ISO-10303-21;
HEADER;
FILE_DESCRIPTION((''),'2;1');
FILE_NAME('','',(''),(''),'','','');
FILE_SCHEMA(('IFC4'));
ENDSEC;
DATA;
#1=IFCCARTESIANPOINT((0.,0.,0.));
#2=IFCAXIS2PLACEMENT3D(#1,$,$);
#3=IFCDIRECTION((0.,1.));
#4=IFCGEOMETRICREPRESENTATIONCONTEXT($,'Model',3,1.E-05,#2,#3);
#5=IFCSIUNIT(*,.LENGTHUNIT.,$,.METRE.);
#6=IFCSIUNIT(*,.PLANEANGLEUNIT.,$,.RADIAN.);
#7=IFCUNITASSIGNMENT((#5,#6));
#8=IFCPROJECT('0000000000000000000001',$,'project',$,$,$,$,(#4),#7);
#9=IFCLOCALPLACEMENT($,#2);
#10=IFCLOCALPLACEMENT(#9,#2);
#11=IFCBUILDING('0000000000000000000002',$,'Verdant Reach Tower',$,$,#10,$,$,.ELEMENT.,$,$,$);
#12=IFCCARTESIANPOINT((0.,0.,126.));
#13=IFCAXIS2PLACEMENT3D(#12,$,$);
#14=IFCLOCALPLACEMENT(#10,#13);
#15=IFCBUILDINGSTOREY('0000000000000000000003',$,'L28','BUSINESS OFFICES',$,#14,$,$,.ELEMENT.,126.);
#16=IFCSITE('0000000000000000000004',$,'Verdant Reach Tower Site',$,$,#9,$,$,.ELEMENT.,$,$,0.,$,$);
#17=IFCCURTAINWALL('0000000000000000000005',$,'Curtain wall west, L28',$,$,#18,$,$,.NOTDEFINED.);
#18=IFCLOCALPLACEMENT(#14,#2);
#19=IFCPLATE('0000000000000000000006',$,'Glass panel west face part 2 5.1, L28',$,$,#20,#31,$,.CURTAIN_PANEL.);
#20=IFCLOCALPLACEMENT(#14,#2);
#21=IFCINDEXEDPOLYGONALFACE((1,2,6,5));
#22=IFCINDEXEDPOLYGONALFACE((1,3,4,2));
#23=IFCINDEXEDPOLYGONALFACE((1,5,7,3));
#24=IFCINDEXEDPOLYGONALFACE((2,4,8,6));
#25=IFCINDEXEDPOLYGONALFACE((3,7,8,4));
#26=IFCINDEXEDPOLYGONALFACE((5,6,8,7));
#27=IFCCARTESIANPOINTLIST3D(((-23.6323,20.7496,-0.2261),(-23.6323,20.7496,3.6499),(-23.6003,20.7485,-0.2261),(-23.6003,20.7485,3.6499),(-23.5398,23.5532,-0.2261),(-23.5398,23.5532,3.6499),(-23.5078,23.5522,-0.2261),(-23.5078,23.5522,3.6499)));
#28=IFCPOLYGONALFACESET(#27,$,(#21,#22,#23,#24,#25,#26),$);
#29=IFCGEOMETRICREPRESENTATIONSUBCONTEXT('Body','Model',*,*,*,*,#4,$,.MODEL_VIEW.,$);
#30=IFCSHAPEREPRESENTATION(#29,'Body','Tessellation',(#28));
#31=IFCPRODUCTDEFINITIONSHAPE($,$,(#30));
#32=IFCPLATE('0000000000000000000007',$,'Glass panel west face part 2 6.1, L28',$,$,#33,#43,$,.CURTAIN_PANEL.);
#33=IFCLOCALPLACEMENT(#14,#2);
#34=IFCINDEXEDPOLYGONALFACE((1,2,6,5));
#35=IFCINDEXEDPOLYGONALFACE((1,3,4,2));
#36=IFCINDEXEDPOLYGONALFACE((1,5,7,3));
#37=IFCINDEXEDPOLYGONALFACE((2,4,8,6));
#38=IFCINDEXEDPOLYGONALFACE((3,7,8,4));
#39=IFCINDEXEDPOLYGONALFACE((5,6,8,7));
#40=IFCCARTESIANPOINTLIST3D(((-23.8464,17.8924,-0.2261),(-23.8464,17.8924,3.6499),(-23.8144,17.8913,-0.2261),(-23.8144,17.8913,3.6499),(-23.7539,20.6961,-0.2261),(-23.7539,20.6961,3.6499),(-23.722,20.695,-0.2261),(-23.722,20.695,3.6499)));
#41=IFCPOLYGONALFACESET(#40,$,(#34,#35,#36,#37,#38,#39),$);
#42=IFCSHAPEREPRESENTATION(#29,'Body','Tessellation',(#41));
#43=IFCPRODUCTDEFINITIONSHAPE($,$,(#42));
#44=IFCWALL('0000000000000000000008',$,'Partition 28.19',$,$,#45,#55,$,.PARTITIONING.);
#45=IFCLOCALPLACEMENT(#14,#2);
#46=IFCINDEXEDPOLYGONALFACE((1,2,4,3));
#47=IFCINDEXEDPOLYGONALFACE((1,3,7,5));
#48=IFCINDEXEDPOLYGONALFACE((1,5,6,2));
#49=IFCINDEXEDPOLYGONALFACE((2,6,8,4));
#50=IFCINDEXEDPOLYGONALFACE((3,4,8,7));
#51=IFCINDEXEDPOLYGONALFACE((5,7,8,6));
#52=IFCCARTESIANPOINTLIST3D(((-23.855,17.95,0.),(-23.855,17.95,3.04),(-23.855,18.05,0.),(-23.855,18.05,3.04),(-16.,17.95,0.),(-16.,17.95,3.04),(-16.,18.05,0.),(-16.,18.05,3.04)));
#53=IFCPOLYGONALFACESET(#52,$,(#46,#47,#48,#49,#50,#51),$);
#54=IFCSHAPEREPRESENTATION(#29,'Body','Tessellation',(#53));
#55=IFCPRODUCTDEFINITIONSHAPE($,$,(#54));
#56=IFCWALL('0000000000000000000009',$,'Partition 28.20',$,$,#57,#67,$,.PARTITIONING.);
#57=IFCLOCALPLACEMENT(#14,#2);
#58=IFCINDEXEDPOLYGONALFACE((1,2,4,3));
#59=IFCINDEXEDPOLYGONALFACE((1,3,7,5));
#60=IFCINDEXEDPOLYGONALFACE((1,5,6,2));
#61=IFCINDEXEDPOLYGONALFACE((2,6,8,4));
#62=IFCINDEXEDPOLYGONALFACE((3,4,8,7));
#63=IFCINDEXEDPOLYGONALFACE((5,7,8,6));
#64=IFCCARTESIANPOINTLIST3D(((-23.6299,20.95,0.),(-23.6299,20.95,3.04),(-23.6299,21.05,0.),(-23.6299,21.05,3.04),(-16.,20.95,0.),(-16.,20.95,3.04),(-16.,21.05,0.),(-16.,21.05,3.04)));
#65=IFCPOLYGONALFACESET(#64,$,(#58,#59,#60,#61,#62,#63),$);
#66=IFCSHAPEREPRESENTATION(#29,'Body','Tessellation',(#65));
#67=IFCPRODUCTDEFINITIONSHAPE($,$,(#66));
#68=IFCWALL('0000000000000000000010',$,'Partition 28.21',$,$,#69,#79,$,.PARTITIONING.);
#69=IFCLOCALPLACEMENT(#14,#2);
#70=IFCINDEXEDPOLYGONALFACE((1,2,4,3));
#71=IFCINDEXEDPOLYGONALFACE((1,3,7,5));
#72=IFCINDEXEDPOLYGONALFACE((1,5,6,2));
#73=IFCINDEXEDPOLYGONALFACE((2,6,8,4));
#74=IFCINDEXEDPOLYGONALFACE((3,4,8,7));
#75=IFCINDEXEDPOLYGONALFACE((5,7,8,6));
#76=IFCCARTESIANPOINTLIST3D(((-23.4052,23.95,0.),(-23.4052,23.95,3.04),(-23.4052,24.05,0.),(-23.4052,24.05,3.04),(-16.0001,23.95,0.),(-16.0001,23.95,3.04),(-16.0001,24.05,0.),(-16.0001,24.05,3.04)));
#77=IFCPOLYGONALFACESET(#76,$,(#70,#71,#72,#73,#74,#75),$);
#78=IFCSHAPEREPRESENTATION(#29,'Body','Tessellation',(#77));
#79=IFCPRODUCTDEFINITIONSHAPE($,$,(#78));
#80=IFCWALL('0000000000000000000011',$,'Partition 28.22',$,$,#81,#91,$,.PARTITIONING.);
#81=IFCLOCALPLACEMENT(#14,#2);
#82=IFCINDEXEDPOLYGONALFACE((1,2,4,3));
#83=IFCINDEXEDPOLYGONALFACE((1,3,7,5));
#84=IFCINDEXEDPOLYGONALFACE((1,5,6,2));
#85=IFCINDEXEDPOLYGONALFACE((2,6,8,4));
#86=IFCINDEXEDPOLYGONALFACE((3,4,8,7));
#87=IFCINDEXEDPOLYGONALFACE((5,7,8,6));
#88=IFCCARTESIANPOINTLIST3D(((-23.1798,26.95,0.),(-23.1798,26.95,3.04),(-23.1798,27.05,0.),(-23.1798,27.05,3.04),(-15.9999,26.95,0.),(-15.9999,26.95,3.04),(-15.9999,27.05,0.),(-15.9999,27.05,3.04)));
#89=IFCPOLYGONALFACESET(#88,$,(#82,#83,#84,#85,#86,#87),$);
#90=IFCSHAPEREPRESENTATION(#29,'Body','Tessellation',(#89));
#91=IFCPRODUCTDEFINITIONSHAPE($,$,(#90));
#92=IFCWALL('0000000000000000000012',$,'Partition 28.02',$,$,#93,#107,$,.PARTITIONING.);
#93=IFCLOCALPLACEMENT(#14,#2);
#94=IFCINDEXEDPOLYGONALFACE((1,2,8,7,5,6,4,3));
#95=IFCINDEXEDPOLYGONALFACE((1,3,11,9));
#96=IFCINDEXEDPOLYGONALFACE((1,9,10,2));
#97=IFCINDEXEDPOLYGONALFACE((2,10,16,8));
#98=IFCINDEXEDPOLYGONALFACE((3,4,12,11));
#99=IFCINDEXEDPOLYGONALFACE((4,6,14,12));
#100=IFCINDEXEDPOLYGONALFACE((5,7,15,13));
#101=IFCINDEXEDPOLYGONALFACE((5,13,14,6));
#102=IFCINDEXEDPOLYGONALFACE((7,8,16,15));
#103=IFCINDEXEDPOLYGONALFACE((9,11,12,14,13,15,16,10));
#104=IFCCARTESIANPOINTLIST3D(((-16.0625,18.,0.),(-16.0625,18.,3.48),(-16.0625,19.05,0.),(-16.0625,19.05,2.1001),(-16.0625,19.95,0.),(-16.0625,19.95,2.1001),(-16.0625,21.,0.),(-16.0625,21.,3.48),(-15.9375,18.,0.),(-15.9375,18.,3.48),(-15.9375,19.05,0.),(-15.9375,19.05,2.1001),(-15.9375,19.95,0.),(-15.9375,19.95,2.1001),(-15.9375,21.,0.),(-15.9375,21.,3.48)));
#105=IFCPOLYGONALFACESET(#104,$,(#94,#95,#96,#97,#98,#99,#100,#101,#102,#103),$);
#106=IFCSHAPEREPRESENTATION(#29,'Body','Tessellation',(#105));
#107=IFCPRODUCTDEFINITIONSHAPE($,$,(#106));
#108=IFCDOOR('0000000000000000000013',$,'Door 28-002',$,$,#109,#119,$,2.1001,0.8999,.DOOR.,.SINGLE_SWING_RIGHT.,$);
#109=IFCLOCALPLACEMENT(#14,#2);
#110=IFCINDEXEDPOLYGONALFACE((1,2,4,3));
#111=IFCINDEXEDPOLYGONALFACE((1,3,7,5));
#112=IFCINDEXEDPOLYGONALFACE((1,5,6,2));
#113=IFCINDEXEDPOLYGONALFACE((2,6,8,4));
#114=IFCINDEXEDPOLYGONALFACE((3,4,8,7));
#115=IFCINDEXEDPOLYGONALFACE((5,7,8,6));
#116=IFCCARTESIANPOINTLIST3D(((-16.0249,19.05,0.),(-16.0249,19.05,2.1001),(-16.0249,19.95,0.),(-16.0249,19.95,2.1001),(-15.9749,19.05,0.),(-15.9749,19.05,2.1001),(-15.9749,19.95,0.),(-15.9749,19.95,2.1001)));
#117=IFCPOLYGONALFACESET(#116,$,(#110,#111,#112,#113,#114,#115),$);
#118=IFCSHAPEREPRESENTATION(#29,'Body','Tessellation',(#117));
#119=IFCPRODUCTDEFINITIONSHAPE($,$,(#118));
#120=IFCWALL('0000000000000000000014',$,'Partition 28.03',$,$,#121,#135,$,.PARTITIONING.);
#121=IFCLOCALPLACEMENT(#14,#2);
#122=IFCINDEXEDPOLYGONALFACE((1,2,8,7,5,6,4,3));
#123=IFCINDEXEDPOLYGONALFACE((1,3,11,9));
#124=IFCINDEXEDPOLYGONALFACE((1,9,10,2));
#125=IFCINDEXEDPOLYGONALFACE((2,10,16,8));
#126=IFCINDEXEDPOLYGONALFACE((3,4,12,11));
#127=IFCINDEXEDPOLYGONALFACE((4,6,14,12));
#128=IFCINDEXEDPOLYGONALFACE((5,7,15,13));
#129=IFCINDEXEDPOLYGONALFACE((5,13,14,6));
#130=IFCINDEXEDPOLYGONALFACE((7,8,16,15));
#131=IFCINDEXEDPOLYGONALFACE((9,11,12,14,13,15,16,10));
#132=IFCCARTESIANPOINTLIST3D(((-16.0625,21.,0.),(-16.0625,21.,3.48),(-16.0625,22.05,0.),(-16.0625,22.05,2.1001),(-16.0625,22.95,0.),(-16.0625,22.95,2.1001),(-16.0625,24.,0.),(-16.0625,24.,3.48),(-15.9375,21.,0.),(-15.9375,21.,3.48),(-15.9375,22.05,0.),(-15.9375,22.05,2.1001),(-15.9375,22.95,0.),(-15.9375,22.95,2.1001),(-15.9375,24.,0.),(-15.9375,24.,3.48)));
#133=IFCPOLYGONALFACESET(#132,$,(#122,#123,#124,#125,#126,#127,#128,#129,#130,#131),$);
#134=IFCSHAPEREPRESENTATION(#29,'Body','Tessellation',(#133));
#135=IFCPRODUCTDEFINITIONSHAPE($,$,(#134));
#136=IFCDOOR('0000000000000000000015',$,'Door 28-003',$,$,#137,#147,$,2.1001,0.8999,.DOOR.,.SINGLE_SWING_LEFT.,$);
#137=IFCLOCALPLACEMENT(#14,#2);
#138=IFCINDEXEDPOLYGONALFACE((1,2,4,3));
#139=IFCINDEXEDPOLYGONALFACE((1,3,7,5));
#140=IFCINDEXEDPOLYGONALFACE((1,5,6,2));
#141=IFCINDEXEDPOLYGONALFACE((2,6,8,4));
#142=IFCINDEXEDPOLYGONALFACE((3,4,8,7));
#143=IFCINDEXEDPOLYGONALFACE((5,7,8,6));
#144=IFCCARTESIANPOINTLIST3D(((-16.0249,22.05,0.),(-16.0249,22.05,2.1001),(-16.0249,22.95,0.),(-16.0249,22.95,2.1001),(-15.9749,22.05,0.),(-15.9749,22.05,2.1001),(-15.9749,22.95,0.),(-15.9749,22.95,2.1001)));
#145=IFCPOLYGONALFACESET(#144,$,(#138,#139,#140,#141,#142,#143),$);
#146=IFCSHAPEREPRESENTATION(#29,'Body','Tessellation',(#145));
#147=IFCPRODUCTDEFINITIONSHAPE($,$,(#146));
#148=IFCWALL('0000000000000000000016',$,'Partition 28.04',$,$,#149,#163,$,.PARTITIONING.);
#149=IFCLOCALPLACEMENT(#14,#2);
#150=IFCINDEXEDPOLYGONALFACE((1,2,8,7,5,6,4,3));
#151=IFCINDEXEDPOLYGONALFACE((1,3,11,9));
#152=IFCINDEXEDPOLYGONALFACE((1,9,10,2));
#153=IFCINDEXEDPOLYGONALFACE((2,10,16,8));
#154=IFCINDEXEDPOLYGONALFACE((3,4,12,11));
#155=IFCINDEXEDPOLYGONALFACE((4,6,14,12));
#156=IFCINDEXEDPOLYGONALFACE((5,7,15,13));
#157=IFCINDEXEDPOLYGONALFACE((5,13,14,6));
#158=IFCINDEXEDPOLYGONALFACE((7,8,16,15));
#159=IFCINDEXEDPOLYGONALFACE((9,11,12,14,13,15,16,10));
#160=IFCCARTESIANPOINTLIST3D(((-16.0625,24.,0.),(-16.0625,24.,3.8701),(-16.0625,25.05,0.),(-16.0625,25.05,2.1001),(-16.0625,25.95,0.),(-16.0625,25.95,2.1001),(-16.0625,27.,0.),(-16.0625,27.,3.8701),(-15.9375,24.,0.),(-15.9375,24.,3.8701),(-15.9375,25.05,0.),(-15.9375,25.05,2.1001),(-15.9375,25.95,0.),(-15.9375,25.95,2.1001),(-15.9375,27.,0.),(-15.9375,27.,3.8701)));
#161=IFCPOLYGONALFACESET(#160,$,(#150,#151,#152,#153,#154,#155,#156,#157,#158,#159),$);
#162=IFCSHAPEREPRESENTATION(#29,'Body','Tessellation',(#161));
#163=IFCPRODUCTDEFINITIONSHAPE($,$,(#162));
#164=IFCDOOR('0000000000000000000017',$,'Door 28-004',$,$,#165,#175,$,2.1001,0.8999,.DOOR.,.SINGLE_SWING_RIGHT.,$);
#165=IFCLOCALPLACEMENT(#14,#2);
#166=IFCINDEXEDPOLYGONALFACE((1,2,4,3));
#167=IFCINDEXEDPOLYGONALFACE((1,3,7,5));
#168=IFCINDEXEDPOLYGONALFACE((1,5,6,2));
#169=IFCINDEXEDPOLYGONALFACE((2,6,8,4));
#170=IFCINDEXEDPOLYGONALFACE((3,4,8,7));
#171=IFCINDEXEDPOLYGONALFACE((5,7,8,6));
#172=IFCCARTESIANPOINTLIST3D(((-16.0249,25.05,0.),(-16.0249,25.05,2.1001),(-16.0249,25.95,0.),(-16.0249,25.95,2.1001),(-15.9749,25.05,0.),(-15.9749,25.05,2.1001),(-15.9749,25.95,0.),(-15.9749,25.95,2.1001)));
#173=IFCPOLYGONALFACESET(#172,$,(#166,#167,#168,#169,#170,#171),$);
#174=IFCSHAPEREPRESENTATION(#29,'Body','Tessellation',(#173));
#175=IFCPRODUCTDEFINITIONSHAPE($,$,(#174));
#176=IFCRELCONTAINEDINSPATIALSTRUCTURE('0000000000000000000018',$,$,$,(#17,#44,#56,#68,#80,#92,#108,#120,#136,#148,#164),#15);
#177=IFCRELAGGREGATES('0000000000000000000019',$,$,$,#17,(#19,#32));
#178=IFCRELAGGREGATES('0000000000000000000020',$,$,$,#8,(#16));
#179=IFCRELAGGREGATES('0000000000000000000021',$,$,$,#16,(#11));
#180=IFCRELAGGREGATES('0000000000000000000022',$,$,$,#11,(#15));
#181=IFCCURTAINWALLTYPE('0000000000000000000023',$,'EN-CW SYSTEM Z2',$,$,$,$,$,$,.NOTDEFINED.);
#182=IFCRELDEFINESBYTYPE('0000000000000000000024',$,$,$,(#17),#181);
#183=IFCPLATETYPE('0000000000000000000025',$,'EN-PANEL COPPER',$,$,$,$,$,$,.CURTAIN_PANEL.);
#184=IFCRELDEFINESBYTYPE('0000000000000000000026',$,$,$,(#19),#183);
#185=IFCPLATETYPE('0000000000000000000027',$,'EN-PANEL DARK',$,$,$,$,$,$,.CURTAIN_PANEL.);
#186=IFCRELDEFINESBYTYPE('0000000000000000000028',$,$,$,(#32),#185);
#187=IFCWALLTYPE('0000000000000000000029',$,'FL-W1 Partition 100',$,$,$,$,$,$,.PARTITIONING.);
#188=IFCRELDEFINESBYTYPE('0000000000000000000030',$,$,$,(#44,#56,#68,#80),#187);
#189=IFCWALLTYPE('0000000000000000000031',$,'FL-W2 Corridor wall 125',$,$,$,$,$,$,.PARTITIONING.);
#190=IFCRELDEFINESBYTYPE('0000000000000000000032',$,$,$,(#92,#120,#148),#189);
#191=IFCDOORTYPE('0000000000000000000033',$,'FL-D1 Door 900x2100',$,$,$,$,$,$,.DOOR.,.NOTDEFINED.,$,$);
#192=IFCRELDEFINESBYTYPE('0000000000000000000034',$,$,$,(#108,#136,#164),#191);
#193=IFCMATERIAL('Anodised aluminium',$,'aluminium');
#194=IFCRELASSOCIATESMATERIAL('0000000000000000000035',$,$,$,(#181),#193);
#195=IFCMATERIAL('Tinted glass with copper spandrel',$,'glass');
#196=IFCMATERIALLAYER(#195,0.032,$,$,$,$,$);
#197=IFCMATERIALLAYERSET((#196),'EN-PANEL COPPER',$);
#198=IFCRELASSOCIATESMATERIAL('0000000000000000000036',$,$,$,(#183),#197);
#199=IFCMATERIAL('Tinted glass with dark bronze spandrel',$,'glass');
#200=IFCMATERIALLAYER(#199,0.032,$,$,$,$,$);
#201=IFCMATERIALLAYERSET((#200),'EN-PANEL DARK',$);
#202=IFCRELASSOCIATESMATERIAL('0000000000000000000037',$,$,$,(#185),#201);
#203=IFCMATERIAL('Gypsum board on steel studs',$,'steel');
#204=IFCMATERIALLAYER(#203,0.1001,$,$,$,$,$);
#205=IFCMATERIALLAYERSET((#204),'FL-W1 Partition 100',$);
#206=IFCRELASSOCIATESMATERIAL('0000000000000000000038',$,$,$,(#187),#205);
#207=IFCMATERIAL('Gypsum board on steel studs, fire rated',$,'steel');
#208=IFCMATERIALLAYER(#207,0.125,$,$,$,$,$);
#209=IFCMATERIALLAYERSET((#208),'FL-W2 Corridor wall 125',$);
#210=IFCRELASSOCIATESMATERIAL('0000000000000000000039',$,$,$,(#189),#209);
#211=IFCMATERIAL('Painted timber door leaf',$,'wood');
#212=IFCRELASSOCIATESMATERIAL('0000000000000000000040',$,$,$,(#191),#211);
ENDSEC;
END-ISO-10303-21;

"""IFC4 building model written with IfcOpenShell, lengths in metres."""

from ifc_helpers import new_model, si_unit, direction, frame, frame_2d, origin, origin_2d, place, context, subcontext, project, spatial, rectangle, extrude, material, layer, layer_set, type_object, element, fill, aggregate, save


model = new_model("IFC4")

# Units and contexts
model_context = context("Model", 3, precision=1e-05, world=origin(), true_north=direction((0.0, 1.0)))
body_context = subcontext(model_context, "Body", "Model", "MODEL_VIEW")
ifc_project = project(units=[si_unit("LENGTHUNIT", "METRE"), si_unit("PLANEANGLEUNIT", "RADIAN")], contexts=[model_context])

# Site, building, storey
site_placement = place(None, origin())
site = spatial("IfcSite", under=ifc_project, at=site_placement, Name="Verdant Reach Tower Site", CompositionType="ELEMENT", RefElevation=0.0)
building_placement = place(site_placement, origin())
building = spatial("IfcBuilding", under=site, at=building_placement, Name="Verdant Reach Tower", CompositionType="ELEMENT")
storey_placement = place(building_placement, frame((0.0, 0.0, 126.0)))
storey = spatial("IfcBuildingStorey", under=building, at=storey_placement, Name="L28", Description="BUSINESS OFFICES", CompositionType="ELEMENT", Elevation=126.0)

# Curtain wall
ifc_material_1 = material(Name="Anodised aluminium", Category="aluminium")
curtain_wall_type = type_object("IfcCurtainWallType", Name="EN-CW SYSTEM Z2", PredefinedType="NOTDEFINED", material=ifc_material_1)
curtain_wall_placement = place(storey_placement, origin())
curtain_wall = element("IfcCurtainWall", 1, at=curtain_wall_placement, inside=storey, type_object=curtain_wall_type, Name="Curtain wall west, L28", PredefinedType="NOTDEFINED")

# Plates
ifc_material_2 = material(Name="Tinted glass with copper spandrel", Category="glass")
ifc_layer_1 = layer(ifc_material_2, 0.032)
ifc_layer_set_1 = layer_set([ifc_layer_1], Name="EN-PANEL COPPER")
plate_type_1 = type_object("IfcPlateType", Name="EN-PANEL COPPER", PredefinedType="CURTAIN_PANEL", material=ifc_layer_set_1)
plate_1_placement = place(storey_placement, frame((-23.5701, 22.1509, -0.2261), z_axis=(0.0, 0.0, 1.0), x_axis=(-0.032966, -0.999456, 0.0)))
plate_1 = element("IfcPlate", 2, at=plate_1_placement, type_object=plate_type_1, Name="Glass panel west face part 2 5.1, L28", PredefinedType="CURTAIN_PANEL", context=body_context, shape_type="SweptSolid", body=[
    extrude(rectangle(XDim=2.8052, YDim=0.032, at=origin_2d()), origin(), (0.0, 0.0, 1.0), 3.876),
])
ifc_material_3 = material(Name="Tinted glass with dark bronze spandrel", Category="glass")
ifc_layer_2 = layer(ifc_material_3, 0.032)
ifc_layer_set_2 = layer_set([ifc_layer_2], Name="EN-PANEL DARK")
plate_type_2 = type_object("IfcPlateType", Name="EN-PANEL DARK", PredefinedType="CURTAIN_PANEL", material=ifc_layer_set_2)
plate_2_placement = place(storey_placement, frame((-23.7842, 19.2937, -0.2261), z_axis=(0.0, 0.0, 1.0), x_axis=(-0.032966, -0.999456, 0.0)))
plate_2 = element("IfcPlate", 3, at=plate_2_placement, type_object=plate_type_2, Name="Glass panel west face part 2 6.1, L28", PredefinedType="CURTAIN_PANEL", context=body_context, shape_type="SweptSolid", body=[
    extrude(rectangle(XDim=2.8052, YDim=0.032, at=origin_2d()), origin(), (0.0, 0.0, 1.0), 3.876),
])
aggregate(curtain_wall, [plate_1, plate_2])

# Walls
ifc_material_4 = material(Name="Gypsum board on steel studs", Category="steel")
ifc_layer_3 = layer(ifc_material_4, 0.1001)
ifc_layer_set_3 = layer_set([ifc_layer_3], Name="FL-W1 Partition 100")
wall_type_1 = type_object("IfcWallType", Name="FL-W1 Partition 100", PredefinedType="PARTITIONING", material=ifc_layer_set_3)
wall_1_placement = place(storey_placement, frame((-16.0, 18.0, 0.0), z_axis=(0.0, 0.0, 1.0), x_axis=(-1.0, 0.0, 0.0)))
element("IfcWall", 4, at=wall_1_placement, inside=storey, type_object=wall_type_1, Name="Partition 28.19", PredefinedType="PARTITIONING", context=body_context, shape_type="SweptSolid", body=[
    extrude(rectangle(XDim=7.855, YDim=0.1001, at=frame_2d((3.9275, 0.0))), origin(), (0.0, 0.0, 1.0), 3.04),
])
wall_2_placement = place(storey_placement, frame((-16.0, 21.0, 0.0), z_axis=(0.0, 0.0, 1.0), x_axis=(-1.0, 0.0, 0.0)))
element("IfcWall", 5, at=wall_2_placement, inside=storey, type_object=wall_type_1, Name="Partition 28.20", PredefinedType="PARTITIONING", context=body_context, shape_type="SweptSolid", body=[
    extrude(rectangle(XDim=7.6299, YDim=0.1001, at=frame_2d((3.8149, 0.0))), origin(), (0.0, 0.0, 1.0), 3.04),
])
wall_3_placement = place(storey_placement, frame((-16.0, 24.0, 0.0), z_axis=(0.0, 0.0, 1.0), x_axis=(-1.0, 0.0, 0.0)))
element("IfcWall", 6, at=wall_3_placement, inside=storey, type_object=wall_type_1, Name="Partition 28.21", PredefinedType="PARTITIONING", context=body_context, shape_type="SweptSolid", body=[
    extrude(rectangle(XDim=7.405, YDim=0.1001, at=frame_2d((3.7026, 0.0))), origin(), (0.0, 0.0, 1.0), 3.04),
])
wall_4_placement = place(storey_placement, frame((-16.0, 27.0, 0.0), z_axis=(0.0, 0.0, 1.0), x_axis=(-1.0, 0.0, 0.0)))
element("IfcWall", 7, at=wall_4_placement, inside=storey, type_object=wall_type_1, Name="Partition 28.22", PredefinedType="PARTITIONING", context=body_context, shape_type="SweptSolid", body=[
    extrude(rectangle(XDim=7.1799, YDim=0.1001, at=frame_2d((3.5898, 0.0))), origin(), (0.0, 0.0, 1.0), 3.04),
])

# Walls, openings, doors
ifc_material_5 = material(Name="Gypsum board on steel studs, fire rated", Category="steel")
ifc_layer_4 = layer(ifc_material_5, 0.125)
ifc_layer_set_4 = layer_set([ifc_layer_4], Name="FL-W2 Corridor wall 125")
wall_type_2 = type_object("IfcWallType", Name="FL-W2 Corridor wall 125", PredefinedType="PARTITIONING", material=ifc_layer_set_4)
wall_5_placement = place(storey_placement, frame((-16.0, 18.0, 0.0), z_axis=(0.0, 0.0, 1.0), x_axis=(0.0, 1.0, 0.0)))
wall_5 = element("IfcWall", 8, at=wall_5_placement, inside=storey, type_object=wall_type_2, Name="Partition 28.02", PredefinedType="PARTITIONING", context=body_context, shape_type="SweptSolid", body=[
    extrude(rectangle(XDim=3.0, YDim=0.125, at=frame_2d((1.5, 0.0))), origin(), (0.0, 0.0, 1.0), 3.48),
])
opening_1_placement = place(wall_5_placement, frame((1.05, 0.0, 0.0)))
opening_1 = element("IfcOpeningElement", 9, at=opening_1_placement, cuts=wall_5, PredefinedType="OPENING", context=body_context, shape_type="SweptSolid", body=[
    extrude(rectangle(XDim=0.8999, YDim=2.1001, at=frame_2d((0.45, 1.05))), frame((0.0, 0.0725, 0.0), z_axis=(0.0, -1.0, 0.0), x_axis=(1.0, 0.0, 0.0)), (0.0, 0.0, 1.0), 0.145),
])
ifc_material_6 = material(Name="Painted timber door leaf", Category="wood")
door_type_1 = type_object("IfcDoorType", Name="FL-D1 Door 900x2100", OperationType="NOTDEFINED", PredefinedType="DOOR", material=ifc_material_6)
door_1_placement = place(opening_1_placement, origin())
door_1 = element("IfcDoor", 10, at=door_1_placement, inside=storey, type_object=door_type_1, Name="Door 28-002", OperationType="SINGLE_SWING_RIGHT", OverallHeight=2.1001, OverallWidth=0.8999, PredefinedType="DOOR", context=body_context, shape_type="SweptSolid", body=[
    extrude(rectangle(XDim=0.8999, YDim=2.1001, at=frame_2d((0.45, 1.05))), frame((0.0, 0.0249, 0.0), z_axis=(0.0, -1.0, 0.0), x_axis=(1.0, 0.0, 0.0)), (0.0, 0.0, 1.0), 0.05),
])
fill(opening_1, door_1)
wall_6_placement = place(storey_placement, frame((-16.0, 21.0, 0.0), z_axis=(0.0, 0.0, 1.0), x_axis=(0.0, 1.0, 0.0)))
wall_6 = element("IfcWall", 11, at=wall_6_placement, inside=storey, type_object=wall_type_2, Name="Partition 28.03", PredefinedType="PARTITIONING", context=body_context, shape_type="SweptSolid", body=[
    extrude(rectangle(XDim=3.0, YDim=0.125, at=frame_2d((1.5, 0.0))), origin(), (0.0, 0.0, 1.0), 3.48),
])
opening_2_placement = place(wall_6_placement, frame((1.05, 0.0, 0.0)))
opening_2 = element("IfcOpeningElement", 12, at=opening_2_placement, cuts=wall_6, PredefinedType="OPENING", context=body_context, shape_type="SweptSolid", body=[
    extrude(rectangle(XDim=0.8999, YDim=2.1001, at=frame_2d((0.45, 1.05))), frame((0.0, 0.0725, 0.0), z_axis=(0.0, -1.0, 0.0), x_axis=(1.0, 0.0, 0.0)), (0.0, 0.0, 1.0), 0.145),
])
door_2_placement = place(opening_2_placement, origin())
door_2 = element("IfcDoor", 13, at=door_2_placement, inside=storey, type_object=door_type_1, Name="Door 28-003", OperationType="SINGLE_SWING_LEFT", OverallHeight=2.1001, OverallWidth=0.8999, PredefinedType="DOOR", context=body_context, shape_type="SweptSolid", body=[
    extrude(rectangle(XDim=0.8999, YDim=2.1001, at=frame_2d((0.45, 1.05))), frame((0.0, 0.0249, 0.0), z_axis=(0.0, -1.0, 0.0), x_axis=(1.0, 0.0, 0.0)), (0.0, 0.0, 1.0), 0.05),
])
fill(opening_2, door_2)
wall_7_placement = place(storey_placement, frame((-16.0, 24.0, 0.0), z_axis=(0.0, 0.0, 1.0), x_axis=(0.0, 1.0, 0.0)))
wall_7 = element("IfcWall", 14, at=wall_7_placement, inside=storey, type_object=wall_type_2, Name="Partition 28.04", PredefinedType="PARTITIONING", context=body_context, shape_type="SweptSolid", body=[
    extrude(rectangle(XDim=3.0, YDim=0.125, at=frame_2d((1.5, 0.0))), origin(), (0.0, 0.0, 1.0), 3.8701),
])
opening_3_placement = place(wall_7_placement, frame((1.05, 0.0, 0.0)))
opening_3 = element("IfcOpeningElement", 15, at=opening_3_placement, cuts=wall_7, PredefinedType="OPENING", context=body_context, shape_type="SweptSolid", body=[
    extrude(rectangle(XDim=0.8999, YDim=2.1001, at=frame_2d((0.45, 1.05))), frame((0.0, 0.0725, 0.0), z_axis=(0.0, -1.0, 0.0), x_axis=(1.0, 0.0, 0.0)), (0.0, 0.0, 1.0), 0.145),
])
door_3_placement = place(opening_3_placement, origin())
door_3 = element("IfcDoor", 16, at=door_3_placement, inside=storey, type_object=door_type_1, Name="Door 28-004", OperationType="SINGLE_SWING_RIGHT", OverallHeight=2.1001, OverallWidth=0.8999, PredefinedType="DOOR", context=body_context, shape_type="SweptSolid", body=[
    extrude(rectangle(XDim=0.8999, YDim=2.1001, at=frame_2d((0.45, 1.05))), frame((0.0, 0.0249, 0.0), z_axis=(0.0, -1.0, 0.0), x_axis=(1.0, 0.0, 0.0)), (0.0, 0.0, 1.0), 0.05),
])
fill(opening_3, door_3)

save(model, "model.ifc")
